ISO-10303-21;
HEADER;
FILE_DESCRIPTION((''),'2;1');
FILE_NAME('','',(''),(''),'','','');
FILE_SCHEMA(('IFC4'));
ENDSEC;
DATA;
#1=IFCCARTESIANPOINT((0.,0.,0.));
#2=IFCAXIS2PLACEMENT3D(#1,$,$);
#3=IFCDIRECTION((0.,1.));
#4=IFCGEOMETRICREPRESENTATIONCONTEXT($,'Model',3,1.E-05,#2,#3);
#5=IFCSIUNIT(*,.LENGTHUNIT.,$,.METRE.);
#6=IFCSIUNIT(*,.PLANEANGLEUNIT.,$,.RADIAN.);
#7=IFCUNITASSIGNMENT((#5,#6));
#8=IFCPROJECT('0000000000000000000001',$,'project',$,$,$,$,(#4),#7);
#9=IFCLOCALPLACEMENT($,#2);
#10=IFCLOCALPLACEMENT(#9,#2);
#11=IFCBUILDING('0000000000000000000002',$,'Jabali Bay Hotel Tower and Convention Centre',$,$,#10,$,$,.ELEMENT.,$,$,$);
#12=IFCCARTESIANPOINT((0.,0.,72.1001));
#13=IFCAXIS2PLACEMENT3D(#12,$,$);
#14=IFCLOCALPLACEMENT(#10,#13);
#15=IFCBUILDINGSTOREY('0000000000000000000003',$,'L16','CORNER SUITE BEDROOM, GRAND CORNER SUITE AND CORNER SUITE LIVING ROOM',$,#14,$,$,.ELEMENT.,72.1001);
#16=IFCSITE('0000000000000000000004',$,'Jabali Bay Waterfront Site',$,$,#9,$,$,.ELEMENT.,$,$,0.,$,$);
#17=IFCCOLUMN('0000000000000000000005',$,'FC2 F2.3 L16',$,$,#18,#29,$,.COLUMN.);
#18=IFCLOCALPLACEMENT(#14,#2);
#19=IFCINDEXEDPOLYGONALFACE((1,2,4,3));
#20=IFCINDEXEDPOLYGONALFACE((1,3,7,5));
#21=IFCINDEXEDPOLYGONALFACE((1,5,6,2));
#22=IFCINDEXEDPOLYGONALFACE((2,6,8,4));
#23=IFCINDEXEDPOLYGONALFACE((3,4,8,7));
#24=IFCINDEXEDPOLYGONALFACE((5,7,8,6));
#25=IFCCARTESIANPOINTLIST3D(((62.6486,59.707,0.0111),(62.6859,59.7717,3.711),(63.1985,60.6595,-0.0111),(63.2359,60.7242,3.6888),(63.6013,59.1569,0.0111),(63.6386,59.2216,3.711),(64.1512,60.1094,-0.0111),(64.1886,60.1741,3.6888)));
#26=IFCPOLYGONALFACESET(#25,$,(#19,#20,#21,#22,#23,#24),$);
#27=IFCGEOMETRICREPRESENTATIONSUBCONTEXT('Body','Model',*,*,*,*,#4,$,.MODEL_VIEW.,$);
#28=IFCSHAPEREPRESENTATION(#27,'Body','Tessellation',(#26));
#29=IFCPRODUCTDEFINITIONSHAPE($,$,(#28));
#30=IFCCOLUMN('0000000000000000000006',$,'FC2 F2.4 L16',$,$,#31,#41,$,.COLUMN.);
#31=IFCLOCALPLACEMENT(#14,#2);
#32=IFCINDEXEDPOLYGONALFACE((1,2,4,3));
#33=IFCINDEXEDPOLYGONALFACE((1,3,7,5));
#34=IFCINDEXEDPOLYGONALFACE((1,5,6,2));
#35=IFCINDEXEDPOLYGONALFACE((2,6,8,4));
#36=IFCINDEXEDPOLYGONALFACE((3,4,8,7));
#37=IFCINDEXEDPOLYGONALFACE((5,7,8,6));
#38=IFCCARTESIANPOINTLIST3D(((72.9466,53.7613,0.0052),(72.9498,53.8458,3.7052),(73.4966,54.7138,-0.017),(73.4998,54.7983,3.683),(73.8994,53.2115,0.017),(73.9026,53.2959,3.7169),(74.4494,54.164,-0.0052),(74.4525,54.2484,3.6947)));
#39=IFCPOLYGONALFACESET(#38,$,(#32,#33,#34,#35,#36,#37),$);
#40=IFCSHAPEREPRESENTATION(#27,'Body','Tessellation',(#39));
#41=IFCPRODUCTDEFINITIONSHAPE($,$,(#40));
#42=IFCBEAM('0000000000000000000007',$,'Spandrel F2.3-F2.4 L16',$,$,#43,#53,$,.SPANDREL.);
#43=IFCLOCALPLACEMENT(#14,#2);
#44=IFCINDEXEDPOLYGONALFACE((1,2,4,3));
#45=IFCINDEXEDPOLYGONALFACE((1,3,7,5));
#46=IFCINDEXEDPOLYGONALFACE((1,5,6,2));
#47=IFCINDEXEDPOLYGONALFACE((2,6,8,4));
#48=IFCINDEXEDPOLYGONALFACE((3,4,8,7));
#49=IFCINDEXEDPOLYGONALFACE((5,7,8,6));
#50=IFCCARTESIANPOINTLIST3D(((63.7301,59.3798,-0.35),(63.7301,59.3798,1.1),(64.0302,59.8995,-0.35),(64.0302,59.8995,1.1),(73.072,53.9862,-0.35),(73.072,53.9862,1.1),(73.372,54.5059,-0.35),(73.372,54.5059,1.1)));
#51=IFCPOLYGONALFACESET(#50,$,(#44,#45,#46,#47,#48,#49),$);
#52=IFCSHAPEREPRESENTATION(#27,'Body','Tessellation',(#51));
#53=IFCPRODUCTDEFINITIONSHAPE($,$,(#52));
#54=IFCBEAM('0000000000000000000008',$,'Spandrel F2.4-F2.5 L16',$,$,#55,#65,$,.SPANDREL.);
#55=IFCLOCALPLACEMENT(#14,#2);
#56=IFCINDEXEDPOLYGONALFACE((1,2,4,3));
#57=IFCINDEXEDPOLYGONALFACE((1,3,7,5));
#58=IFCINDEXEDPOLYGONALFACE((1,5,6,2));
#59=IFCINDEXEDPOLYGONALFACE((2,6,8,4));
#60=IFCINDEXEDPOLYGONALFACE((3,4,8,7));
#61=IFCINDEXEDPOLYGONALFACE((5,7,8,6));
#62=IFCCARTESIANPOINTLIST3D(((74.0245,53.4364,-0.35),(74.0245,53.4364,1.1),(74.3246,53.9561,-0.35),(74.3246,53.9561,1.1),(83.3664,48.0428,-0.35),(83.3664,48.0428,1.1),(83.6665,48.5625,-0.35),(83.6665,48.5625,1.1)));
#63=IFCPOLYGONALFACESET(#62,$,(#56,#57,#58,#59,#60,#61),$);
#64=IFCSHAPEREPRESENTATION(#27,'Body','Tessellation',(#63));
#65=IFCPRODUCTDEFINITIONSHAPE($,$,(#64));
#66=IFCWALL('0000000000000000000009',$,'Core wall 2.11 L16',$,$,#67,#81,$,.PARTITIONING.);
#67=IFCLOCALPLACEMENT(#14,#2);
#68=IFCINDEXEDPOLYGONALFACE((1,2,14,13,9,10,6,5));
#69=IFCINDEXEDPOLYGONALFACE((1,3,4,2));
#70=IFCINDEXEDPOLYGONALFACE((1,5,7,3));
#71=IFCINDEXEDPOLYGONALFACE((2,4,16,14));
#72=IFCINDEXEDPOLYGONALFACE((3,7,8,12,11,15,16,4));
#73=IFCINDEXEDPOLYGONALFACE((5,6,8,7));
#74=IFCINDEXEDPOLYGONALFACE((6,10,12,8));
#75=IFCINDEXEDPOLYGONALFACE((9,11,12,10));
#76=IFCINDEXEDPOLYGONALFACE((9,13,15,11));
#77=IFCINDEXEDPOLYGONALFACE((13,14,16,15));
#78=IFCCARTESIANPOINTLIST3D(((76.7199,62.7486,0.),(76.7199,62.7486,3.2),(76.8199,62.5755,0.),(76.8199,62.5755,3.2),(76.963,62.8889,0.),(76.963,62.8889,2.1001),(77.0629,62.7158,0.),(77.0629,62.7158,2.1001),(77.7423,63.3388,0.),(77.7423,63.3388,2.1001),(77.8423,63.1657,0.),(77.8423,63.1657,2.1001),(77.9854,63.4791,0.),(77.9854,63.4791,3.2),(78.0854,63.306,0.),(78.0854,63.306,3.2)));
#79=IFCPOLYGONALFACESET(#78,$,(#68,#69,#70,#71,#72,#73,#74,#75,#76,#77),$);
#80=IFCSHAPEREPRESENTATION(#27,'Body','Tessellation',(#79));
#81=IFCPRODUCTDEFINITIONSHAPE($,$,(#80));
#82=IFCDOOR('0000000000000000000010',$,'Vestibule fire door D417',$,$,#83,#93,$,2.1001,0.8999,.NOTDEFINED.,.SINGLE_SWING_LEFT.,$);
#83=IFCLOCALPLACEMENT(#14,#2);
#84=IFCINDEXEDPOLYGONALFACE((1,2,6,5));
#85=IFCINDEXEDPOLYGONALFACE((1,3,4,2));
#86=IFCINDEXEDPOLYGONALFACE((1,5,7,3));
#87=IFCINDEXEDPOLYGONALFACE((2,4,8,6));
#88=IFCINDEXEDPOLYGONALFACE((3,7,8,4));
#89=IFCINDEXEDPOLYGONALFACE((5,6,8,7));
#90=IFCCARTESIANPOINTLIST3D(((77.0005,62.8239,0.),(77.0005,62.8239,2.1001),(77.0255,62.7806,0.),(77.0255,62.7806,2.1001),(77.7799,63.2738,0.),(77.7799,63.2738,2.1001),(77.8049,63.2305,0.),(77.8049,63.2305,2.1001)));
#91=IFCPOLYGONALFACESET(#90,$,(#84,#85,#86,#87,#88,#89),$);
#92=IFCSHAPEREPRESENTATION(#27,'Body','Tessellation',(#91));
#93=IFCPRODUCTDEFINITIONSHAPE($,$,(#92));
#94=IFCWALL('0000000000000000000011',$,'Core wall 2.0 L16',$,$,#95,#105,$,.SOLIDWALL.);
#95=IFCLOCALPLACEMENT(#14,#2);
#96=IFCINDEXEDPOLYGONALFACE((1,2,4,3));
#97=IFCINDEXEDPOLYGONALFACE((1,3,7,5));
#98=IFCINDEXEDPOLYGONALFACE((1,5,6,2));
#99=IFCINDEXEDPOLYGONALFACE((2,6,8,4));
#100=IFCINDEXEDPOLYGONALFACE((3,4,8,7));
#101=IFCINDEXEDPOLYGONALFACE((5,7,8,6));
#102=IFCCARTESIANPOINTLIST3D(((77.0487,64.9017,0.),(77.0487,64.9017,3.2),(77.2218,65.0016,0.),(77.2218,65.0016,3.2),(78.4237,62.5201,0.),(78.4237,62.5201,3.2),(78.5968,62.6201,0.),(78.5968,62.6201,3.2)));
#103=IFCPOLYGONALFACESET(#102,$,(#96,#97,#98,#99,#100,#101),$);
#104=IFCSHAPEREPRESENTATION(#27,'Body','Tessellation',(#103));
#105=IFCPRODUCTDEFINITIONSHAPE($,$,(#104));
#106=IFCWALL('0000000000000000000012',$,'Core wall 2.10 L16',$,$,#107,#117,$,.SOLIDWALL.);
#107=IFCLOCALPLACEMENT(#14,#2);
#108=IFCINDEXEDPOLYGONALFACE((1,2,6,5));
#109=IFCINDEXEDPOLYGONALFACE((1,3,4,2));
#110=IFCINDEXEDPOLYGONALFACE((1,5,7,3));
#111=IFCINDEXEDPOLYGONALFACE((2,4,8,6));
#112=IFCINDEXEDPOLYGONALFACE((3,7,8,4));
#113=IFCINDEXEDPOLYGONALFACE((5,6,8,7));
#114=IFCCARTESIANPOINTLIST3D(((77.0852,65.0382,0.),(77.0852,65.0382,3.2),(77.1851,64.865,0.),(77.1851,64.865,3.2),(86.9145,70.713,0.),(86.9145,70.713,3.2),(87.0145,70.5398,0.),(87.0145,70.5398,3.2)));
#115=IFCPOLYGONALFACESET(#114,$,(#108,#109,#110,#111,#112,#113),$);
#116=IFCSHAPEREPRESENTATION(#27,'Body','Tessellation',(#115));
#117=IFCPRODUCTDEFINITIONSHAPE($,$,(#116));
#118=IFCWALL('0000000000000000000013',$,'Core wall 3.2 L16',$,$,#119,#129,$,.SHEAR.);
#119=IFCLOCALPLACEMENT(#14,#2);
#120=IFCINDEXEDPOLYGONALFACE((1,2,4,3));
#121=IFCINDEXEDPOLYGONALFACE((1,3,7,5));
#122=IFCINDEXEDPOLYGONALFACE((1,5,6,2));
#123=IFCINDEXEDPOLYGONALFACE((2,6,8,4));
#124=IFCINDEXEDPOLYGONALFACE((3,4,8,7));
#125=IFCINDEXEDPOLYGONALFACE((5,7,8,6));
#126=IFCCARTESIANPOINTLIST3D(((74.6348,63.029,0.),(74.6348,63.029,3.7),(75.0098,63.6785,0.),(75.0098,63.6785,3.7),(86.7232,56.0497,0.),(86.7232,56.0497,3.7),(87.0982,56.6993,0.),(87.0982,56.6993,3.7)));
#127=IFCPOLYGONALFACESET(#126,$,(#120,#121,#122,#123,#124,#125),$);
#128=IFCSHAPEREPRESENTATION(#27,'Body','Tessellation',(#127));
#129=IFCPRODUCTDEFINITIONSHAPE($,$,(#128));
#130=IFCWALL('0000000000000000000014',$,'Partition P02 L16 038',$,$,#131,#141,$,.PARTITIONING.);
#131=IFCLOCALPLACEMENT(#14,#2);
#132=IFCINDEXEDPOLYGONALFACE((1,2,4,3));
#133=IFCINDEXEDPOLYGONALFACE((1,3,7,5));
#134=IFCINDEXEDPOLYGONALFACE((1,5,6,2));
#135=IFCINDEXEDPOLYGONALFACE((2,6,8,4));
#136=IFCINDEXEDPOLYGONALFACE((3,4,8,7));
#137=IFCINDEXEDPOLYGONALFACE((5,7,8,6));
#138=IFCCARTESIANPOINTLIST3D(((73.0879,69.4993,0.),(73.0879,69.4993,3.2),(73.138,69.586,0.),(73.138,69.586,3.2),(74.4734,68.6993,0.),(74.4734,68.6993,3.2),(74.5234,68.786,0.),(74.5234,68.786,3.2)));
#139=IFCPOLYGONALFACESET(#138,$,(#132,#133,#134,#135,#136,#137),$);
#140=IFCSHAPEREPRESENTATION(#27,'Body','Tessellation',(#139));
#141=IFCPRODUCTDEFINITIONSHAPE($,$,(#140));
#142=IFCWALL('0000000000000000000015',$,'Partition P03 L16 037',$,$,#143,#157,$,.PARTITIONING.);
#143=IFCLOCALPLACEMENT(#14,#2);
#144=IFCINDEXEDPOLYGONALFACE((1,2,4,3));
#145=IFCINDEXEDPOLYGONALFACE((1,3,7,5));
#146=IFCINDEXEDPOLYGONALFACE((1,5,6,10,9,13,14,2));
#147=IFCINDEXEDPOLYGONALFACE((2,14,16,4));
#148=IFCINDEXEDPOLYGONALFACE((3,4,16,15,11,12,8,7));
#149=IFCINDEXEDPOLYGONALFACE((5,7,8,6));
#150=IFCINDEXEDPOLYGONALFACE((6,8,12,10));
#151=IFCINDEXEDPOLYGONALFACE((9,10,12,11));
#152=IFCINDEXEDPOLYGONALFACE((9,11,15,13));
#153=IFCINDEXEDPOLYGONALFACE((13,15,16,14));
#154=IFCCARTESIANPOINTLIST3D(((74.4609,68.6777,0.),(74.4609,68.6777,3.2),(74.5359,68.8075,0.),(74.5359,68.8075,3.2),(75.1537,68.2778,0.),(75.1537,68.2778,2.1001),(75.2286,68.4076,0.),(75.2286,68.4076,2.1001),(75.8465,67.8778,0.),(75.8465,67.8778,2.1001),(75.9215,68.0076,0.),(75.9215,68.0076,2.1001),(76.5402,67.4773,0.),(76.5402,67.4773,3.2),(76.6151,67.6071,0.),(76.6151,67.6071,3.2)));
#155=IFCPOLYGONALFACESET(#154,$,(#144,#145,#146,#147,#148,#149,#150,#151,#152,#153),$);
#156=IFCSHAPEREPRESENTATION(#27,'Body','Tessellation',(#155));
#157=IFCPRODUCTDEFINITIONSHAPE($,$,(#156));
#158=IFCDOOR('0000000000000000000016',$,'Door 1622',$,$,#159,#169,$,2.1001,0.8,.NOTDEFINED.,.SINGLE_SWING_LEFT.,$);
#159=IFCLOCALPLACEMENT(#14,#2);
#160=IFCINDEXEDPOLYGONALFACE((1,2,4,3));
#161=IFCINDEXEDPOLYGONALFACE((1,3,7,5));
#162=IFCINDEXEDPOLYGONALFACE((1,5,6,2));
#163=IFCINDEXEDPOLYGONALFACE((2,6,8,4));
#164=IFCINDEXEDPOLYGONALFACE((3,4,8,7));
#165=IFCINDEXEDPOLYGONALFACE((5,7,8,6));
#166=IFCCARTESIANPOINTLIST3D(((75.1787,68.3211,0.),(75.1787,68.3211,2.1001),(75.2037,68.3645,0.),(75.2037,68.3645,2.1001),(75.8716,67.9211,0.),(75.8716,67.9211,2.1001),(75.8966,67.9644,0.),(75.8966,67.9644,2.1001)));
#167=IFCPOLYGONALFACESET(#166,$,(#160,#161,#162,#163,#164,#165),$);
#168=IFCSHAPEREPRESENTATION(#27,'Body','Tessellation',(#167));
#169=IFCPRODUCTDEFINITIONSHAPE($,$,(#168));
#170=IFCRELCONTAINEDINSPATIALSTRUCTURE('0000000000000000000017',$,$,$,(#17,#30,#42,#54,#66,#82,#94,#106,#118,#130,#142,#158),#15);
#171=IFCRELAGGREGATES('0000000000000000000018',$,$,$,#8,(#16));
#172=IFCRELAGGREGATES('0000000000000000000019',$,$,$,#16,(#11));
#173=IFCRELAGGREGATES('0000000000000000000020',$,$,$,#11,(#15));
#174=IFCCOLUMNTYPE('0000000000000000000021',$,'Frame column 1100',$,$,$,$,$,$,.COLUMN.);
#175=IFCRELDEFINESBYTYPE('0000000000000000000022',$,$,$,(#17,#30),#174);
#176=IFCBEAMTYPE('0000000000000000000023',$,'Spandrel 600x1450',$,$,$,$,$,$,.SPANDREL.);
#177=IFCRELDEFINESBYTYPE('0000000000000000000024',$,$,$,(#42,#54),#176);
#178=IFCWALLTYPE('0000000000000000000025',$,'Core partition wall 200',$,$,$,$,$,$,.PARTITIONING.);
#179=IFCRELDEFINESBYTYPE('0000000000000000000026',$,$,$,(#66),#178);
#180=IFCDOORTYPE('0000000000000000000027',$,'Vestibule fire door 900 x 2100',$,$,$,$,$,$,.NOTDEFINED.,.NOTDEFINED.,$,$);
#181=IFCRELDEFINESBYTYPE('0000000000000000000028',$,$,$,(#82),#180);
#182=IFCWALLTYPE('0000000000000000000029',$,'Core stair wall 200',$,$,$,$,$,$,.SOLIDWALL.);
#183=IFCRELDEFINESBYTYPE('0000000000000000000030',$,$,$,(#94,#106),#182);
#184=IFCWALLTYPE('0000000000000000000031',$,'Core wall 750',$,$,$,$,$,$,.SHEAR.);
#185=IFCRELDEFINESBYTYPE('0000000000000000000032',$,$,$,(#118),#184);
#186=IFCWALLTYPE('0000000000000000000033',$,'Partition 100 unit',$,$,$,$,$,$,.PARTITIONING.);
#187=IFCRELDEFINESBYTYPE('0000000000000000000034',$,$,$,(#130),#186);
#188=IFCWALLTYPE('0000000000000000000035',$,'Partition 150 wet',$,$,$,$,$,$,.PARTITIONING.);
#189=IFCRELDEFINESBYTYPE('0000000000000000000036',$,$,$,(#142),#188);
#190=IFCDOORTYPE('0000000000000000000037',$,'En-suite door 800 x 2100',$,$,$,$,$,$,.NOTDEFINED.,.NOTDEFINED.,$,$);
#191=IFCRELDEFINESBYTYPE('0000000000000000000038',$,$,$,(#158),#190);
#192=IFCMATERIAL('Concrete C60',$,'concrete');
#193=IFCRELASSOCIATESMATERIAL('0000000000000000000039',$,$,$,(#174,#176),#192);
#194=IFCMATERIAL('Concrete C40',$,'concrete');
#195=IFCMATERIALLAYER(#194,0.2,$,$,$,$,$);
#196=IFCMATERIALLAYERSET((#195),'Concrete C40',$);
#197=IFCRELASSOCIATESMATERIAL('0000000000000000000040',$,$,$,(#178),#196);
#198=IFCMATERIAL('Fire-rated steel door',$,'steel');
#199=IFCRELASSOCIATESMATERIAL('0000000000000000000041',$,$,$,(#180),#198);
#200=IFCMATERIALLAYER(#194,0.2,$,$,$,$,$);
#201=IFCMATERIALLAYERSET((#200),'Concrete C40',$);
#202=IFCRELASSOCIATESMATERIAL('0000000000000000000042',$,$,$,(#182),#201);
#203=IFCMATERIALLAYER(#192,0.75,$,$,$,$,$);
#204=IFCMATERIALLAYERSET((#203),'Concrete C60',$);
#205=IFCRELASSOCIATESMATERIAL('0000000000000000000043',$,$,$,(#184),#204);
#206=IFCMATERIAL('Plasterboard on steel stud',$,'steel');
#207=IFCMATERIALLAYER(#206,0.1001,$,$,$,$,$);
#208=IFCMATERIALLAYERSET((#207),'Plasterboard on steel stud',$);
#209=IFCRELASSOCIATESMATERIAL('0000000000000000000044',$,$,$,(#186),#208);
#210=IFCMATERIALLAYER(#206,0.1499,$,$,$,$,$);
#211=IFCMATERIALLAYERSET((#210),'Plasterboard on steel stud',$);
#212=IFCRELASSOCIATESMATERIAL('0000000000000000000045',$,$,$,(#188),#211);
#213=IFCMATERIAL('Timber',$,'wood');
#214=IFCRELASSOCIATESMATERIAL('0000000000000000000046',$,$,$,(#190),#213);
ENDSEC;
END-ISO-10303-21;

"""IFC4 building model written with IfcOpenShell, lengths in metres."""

from ifc_helpers import new_model, si_unit, direction, frame, frame_2d, origin, origin_2d, place, context, subcontext, project, spatial, rectangle, extrude, material, layer, layer_set, material_profile, profile_set, type_object, element, fill, save


model = new_model("IFC4")

# Units and contexts
model_context = context("Model", 3, precision=1e-05, world=origin(), true_north=direction((0.0, 1.0)))
body_context = subcontext(model_context, "Body", "Model", "MODEL_VIEW")
ifc_project = project(units=[si_unit("LENGTHUNIT", "METRE"), si_unit("PLANEANGLEUNIT", "RADIAN")], contexts=[model_context])

# Site, building, storey
site_placement = place(None, origin())
site = spatial("IfcSite", under=ifc_project, at=site_placement, Name="Jabali Bay Waterfront Site", CompositionType="ELEMENT", RefElevation=0.0)
building_placement = place(site_placement, origin())
building = spatial("IfcBuilding", under=site, at=building_placement, Name="Jabali Bay Hotel Tower and Convention Centre", CompositionType="ELEMENT")
storey_placement = place(building_placement, frame((0.0, 0.0, 72.1001)))
storey = spatial("IfcBuildingStorey", under=building, at=storey_placement, Name="L16", Description="CORNER SUITE BEDROOM, GRAND CORNER SUITE AND CORNER SUITE LIVING ROOM", CompositionType="ELEMENT", Elevation=72.1001)

# Columns
ifc_material_1 = material(Name="Concrete C60", Category="concrete")
ifc_material_profile_1 = material_profile(ifc_material_1, rectangle(XDim=1.1001, YDim=1.1001, at=origin_2d()), Name="Frame column 1100")
ifc_profile_set_1 = profile_set([ifc_material_profile_1], Name="Concrete C60")
column_type = type_object("IfcColumnType", Name="Frame column 1100", PredefinedType="COLUMN", material=ifc_profile_set_1)
column_1_placement = place(storey_placement, frame((63.3999, 59.9082, 0.0), z_axis=(0.010094, 0.017482, 0.999796), x_axis=(-0.866023, 0.500005, 0.0)))
element("IfcColumn", 1, at=column_1_placement, inside=storey, type_object=column_type, Name="FC2 F2.3 L16", PredefinedType="COLUMN", context=body_context, shape_type="SweptSolid", body=[
    extrude(rectangle(XDim=1.1001, YDim=1.1001, at=origin_2d()), origin(), (0.0, 0.0, 1.0), 3.7007),
])
column_2_placement = place(storey_placement, frame((73.698, 53.9626, 0.0), z_axis=(0.000858, 0.022825, 0.999739), x_axis=(-0.499939, -0.865825, 0.020196)))
element("IfcColumn", 2, at=column_2_placement, inside=storey, type_object=column_type, Name="FC2 F2.4 L16", PredefinedType="COLUMN", context=body_context, shape_type="SweptSolid", body=[
    extrude(rectangle(XDim=1.1001, YDim=1.1001, at=origin_2d()), origin(), (0.0, 0.0, 1.0), 3.7009),
])

# Beams
ifc_material_profile_2 = material_profile(ifc_material_1, rectangle(XDim=0.6001, YDim=1.45, at=origin_2d()), Name="Spandrel 600x1450")
ifc_profile_set_2 = profile_set([ifc_material_profile_2], Name="Concrete C60")
beam_type = type_object("IfcBeamType", Name="Spandrel 600x1450", PredefinedType="SPANDREL", material=ifc_profile_set_2)
for number, where, z_axis, x_axis, name in (
    (3, (63.8801, 59.6396, 0.375), (0.866023, -0.500005, 0.0), (0.500005, 0.866023, 0.0), "Spandrel F2.3-F2.4 L16"),
    (4, (74.1746, 53.6963, 0.375), (0.866023, -0.500005, 0.0), (0.500005, 0.866023, 0.0), "Spandrel F2.4-F2.5 L16"),
):
    element("IfcBeam", number, at=place(storey_placement, frame(where, z_axis=z_axis, x_axis=x_axis)), inside=storey, type_object=beam_type, Name=name, PredefinedType="SPANDREL", context=body_context, shape_type="SweptSolid", body=[
        extrude(rectangle(XDim=0.6001, YDim=1.45, at=origin_2d()), origin(), (0.0, 0.0, 1.0), 10.7871),
    ])

# Wall, opening, door
ifc_material_2 = material(Name="Concrete C40", Category="concrete")
ifc_layer_1 = layer(ifc_material_2, 0.2)
ifc_layer_set_1 = layer_set([ifc_layer_1], Name="Concrete C40")
wall_type_1 = type_object("IfcWallType", Name="Core partition wall 200", PredefinedType="PARTITIONING", material=ifc_layer_set_1)
wall_1_placement = place(storey_placement, frame((76.77, 62.6621, 0.0), z_axis=(0.0, 0.0, 1.0), x_axis=(0.866055, 0.499949, 0.0)))
wall_1 = element("IfcWall", 5, at=wall_1_placement, inside=storey, type_object=wall_type_1, Name="Core wall 2.11 L16", PredefinedType="PARTITIONING", context=body_context, shape_type="SweptSolid", body=[
    extrude(rectangle(XDim=1.4612, YDim=0.2, at=frame_2d((0.7305, 0.0))), origin(), (0.0, 0.0, 1.0), 3.2),
])
opening_1_placement = place(wall_1_placement, frame((0.2805, 0.0, 0.0)))
opening_1 = element("IfcOpeningElement", 6, at=opening_1_placement, cuts=wall_1, PredefinedType="OPENING", context=body_context, shape_type="SweptSolid", body=[
    extrude(rectangle(XDim=0.8999, YDim=2.1001, at=frame_2d((0.45, 1.05))), frame((0.0, 0.1104, 0.0), z_axis=(0.0, -1.0, 0.0), x_axis=(1.0, 0.0, 0.0)), (0.0, 0.0, 1.0), 0.2209),
])
ifc_material_3 = material(Name="Fire-rated steel door", Category="steel")
door_type_1 = type_object("IfcDoorType", Name="Vestibule fire door 900 x 2100", OperationType="NOTDEFINED", PredefinedType="NOTDEFINED", material=ifc_material_3)
door_1_placement = place(opening_1_placement, origin())
door_1 = element("IfcDoor", 7, at=door_1_placement, inside=storey, type_object=door_type_1, Name="Vestibule fire door D417", OperationType="SINGLE_SWING_LEFT", OverallHeight=2.1001, OverallWidth=0.8999, PredefinedType="NOTDEFINED", context=body_context, shape_type="SweptSolid", body=[
    extrude(rectangle(XDim=0.8999, YDim=2.1001, at=frame_2d((0.45, 1.05))), frame((0.0, 0.0249, 0.0), z_axis=(0.0, -1.0, 0.0), x_axis=(1.0, 0.0, 0.0)), (0.0, 0.0, 1.0), 0.05),
])
fill(opening_1, door_1)

# Walls
ifc_layer_2 = layer(ifc_material_2, 0.2)
ifc_layer_set_2 = layer_set([ifc_layer_2], Name="Concrete C40")
wall_type_2 = type_object("IfcWallType", Name="Core stair wall 200", PredefinedType="SOLIDWALL", material=ifc_layer_set_2)
wall_2_placement = place(storey_placement, frame((77.1353, 64.9517, 0.0), z_axis=(0.0, 0.0, 1.0), x_axis=(0.499997, -0.866027, 0.0)))
element("IfcWall", 8, at=wall_2_placement, inside=storey, type_object=wall_type_2, Name="Core wall 2.0 L16", PredefinedType="SOLIDWALL", context=body_context, shape_type="SweptSolid", body=[
    extrude(rectangle(XDim=2.75, YDim=0.2, at=frame_2d((1.375, 0.0))), origin(), (0.0, 0.0, 1.0), 3.2),
])
wall_3_placement = place(storey_placement, frame((77.1353, 64.9517, 0.0), z_axis=(0.0, 0.0, 1.0), x_axis=(0.866032, 0.499989, 0.0)))
element("IfcWall", 9, at=wall_3_placement, inside=storey, type_object=wall_type_2, Name="Core wall 2.10 L16", PredefinedType="SOLIDWALL", context=body_context, shape_type="SweptSolid", body=[
    extrude(rectangle(XDim=11.3499, YDim=0.2, at=frame_2d((5.6748, 0.0))), origin(), (0.0, 0.0, 1.0), 3.2),
])
ifc_layer_3 = layer(ifc_material_1, 0.75)
ifc_layer_set_3 = layer_set([ifc_layer_3], Name="Concrete C60")
wall_type_3 = type_object("IfcWallType", Name="Core wall 750", PredefinedType="SHEAR", material=ifc_layer_set_3)
wall_4_placement = place(storey_placement, frame((74.8223, 63.3538, 0.0), z_axis=(0.0, 0.0, 1.0), x_axis=(0.866025, -0.500001, 0.0)))
element("IfcWall", 10, at=wall_4_placement, inside=storey, type_object=wall_type_3, Name="Core wall 3.2 L16", PredefinedType="SHEAR", context=body_context, shape_type="SweptSolid", body=[
    extrude(rectangle(XDim=13.9585, YDim=0.75, at=frame_2d((6.9792, 0.0))), origin(), (0.0, 0.0, 1.0), 3.7),
])
ifc_material_4 = material(Name="Plasterboard on steel stud", Category="steel")
ifc_layer_4 = layer(ifc_material_4, 0.1001)
ifc_layer_set_4 = layer_set([ifc_layer_4], Name="Plasterboard on steel stud")
wall_type_4 = type_object("IfcWallType", Name="Partition 100 unit", PredefinedType="PARTITIONING", material=ifc_layer_set_4)
wall_5_placement = place(storey_placement, frame((74.4983, 68.7427, 0.0), z_axis=(0.0, 0.0, 1.0), x_axis=(-0.86599, 0.500061, 0.0)))
element("IfcWall", 11, at=wall_5_placement, inside=storey, type_object=wall_type_4, Name="Partition P02 L16 038", PredefinedType="PARTITIONING", context=body_context, shape_type="SweptSolid", body=[
    extrude(rectangle(XDim=1.5999, YDim=0.1001, at=frame_2d((0.7998, 0.0))), origin(), (0.0, 0.0, 1.0), 3.2),
])

# Wall, opening, door
ifc_layer_5 = layer(ifc_material_4, 0.1499)
ifc_layer_set_5 = layer_set([ifc_layer_5], Name="Plasterboard on steel stud")
wall_type_5 = type_object("IfcWallType", Name="Partition 150 wet", PredefinedType="PARTITIONING", material=ifc_layer_set_5)
wall_6_placement = place(storey_placement, frame((76.5776, 67.5422, 0.0), z_axis=(0.0, 0.0, 1.0), x_axis=(-0.866038, 0.499978, 0.0)))
wall_6 = element("IfcWall", 12, at=wall_6_placement, inside=storey, type_object=wall_type_5, Name="Partition P03 L16 037", PredefinedType="PARTITIONING", context=body_context, shape_type="SweptSolid", body=[
    extrude(rectangle(XDim=2.4009, YDim=0.1499, at=frame_2d((1.2004, 0.0))), origin(), (0.0, 0.0, 1.0), 3.2),
])
opening_2_placement = place(wall_6_placement, frame((0.801, 0.0, 0.0)))
opening_2 = element("IfcOpeningElement", 13, at=opening_2_placement, cuts=wall_6, PredefinedType="OPENING", context=body_context, shape_type="SweptSolid", body=[
    extrude(rectangle(XDim=0.8, YDim=2.1001, at=frame_2d((0.3999, 1.05))), frame((0.0, 0.0854, 0.0), z_axis=(0.0, -1.0, 0.0), x_axis=(1.0, 0.0, 0.0)), (0.0, 0.0, 1.0), 0.1709),
])
ifc_material_5 = material(Name="Timber", Category="wood")
door_type_2 = type_object("IfcDoorType", Name="En-suite door 800 x 2100", OperationType="NOTDEFINED", PredefinedType="NOTDEFINED", material=ifc_material_5)
door_2_placement = place(opening_2_placement, origin())
door_2 = element("IfcDoor", 14, at=door_2_placement, inside=storey, type_object=door_type_2, Name="Door 1622", OperationType="SINGLE_SWING_LEFT", OverallHeight=2.1001, OverallWidth=0.8, PredefinedType="NOTDEFINED", context=body_context, shape_type="SweptSolid", body=[
    extrude(rectangle(XDim=0.8, YDim=2.1001, at=frame_2d((0.3999, 1.05))), frame((0.0, 0.0249, 0.0), z_axis=(0.0, -1.0, 0.0), x_axis=(1.0, 0.0, 0.0)), (0.0, 0.0, 1.0), 0.05),
])
fill(opening_2, door_2)

save(model, "model.ifc")
